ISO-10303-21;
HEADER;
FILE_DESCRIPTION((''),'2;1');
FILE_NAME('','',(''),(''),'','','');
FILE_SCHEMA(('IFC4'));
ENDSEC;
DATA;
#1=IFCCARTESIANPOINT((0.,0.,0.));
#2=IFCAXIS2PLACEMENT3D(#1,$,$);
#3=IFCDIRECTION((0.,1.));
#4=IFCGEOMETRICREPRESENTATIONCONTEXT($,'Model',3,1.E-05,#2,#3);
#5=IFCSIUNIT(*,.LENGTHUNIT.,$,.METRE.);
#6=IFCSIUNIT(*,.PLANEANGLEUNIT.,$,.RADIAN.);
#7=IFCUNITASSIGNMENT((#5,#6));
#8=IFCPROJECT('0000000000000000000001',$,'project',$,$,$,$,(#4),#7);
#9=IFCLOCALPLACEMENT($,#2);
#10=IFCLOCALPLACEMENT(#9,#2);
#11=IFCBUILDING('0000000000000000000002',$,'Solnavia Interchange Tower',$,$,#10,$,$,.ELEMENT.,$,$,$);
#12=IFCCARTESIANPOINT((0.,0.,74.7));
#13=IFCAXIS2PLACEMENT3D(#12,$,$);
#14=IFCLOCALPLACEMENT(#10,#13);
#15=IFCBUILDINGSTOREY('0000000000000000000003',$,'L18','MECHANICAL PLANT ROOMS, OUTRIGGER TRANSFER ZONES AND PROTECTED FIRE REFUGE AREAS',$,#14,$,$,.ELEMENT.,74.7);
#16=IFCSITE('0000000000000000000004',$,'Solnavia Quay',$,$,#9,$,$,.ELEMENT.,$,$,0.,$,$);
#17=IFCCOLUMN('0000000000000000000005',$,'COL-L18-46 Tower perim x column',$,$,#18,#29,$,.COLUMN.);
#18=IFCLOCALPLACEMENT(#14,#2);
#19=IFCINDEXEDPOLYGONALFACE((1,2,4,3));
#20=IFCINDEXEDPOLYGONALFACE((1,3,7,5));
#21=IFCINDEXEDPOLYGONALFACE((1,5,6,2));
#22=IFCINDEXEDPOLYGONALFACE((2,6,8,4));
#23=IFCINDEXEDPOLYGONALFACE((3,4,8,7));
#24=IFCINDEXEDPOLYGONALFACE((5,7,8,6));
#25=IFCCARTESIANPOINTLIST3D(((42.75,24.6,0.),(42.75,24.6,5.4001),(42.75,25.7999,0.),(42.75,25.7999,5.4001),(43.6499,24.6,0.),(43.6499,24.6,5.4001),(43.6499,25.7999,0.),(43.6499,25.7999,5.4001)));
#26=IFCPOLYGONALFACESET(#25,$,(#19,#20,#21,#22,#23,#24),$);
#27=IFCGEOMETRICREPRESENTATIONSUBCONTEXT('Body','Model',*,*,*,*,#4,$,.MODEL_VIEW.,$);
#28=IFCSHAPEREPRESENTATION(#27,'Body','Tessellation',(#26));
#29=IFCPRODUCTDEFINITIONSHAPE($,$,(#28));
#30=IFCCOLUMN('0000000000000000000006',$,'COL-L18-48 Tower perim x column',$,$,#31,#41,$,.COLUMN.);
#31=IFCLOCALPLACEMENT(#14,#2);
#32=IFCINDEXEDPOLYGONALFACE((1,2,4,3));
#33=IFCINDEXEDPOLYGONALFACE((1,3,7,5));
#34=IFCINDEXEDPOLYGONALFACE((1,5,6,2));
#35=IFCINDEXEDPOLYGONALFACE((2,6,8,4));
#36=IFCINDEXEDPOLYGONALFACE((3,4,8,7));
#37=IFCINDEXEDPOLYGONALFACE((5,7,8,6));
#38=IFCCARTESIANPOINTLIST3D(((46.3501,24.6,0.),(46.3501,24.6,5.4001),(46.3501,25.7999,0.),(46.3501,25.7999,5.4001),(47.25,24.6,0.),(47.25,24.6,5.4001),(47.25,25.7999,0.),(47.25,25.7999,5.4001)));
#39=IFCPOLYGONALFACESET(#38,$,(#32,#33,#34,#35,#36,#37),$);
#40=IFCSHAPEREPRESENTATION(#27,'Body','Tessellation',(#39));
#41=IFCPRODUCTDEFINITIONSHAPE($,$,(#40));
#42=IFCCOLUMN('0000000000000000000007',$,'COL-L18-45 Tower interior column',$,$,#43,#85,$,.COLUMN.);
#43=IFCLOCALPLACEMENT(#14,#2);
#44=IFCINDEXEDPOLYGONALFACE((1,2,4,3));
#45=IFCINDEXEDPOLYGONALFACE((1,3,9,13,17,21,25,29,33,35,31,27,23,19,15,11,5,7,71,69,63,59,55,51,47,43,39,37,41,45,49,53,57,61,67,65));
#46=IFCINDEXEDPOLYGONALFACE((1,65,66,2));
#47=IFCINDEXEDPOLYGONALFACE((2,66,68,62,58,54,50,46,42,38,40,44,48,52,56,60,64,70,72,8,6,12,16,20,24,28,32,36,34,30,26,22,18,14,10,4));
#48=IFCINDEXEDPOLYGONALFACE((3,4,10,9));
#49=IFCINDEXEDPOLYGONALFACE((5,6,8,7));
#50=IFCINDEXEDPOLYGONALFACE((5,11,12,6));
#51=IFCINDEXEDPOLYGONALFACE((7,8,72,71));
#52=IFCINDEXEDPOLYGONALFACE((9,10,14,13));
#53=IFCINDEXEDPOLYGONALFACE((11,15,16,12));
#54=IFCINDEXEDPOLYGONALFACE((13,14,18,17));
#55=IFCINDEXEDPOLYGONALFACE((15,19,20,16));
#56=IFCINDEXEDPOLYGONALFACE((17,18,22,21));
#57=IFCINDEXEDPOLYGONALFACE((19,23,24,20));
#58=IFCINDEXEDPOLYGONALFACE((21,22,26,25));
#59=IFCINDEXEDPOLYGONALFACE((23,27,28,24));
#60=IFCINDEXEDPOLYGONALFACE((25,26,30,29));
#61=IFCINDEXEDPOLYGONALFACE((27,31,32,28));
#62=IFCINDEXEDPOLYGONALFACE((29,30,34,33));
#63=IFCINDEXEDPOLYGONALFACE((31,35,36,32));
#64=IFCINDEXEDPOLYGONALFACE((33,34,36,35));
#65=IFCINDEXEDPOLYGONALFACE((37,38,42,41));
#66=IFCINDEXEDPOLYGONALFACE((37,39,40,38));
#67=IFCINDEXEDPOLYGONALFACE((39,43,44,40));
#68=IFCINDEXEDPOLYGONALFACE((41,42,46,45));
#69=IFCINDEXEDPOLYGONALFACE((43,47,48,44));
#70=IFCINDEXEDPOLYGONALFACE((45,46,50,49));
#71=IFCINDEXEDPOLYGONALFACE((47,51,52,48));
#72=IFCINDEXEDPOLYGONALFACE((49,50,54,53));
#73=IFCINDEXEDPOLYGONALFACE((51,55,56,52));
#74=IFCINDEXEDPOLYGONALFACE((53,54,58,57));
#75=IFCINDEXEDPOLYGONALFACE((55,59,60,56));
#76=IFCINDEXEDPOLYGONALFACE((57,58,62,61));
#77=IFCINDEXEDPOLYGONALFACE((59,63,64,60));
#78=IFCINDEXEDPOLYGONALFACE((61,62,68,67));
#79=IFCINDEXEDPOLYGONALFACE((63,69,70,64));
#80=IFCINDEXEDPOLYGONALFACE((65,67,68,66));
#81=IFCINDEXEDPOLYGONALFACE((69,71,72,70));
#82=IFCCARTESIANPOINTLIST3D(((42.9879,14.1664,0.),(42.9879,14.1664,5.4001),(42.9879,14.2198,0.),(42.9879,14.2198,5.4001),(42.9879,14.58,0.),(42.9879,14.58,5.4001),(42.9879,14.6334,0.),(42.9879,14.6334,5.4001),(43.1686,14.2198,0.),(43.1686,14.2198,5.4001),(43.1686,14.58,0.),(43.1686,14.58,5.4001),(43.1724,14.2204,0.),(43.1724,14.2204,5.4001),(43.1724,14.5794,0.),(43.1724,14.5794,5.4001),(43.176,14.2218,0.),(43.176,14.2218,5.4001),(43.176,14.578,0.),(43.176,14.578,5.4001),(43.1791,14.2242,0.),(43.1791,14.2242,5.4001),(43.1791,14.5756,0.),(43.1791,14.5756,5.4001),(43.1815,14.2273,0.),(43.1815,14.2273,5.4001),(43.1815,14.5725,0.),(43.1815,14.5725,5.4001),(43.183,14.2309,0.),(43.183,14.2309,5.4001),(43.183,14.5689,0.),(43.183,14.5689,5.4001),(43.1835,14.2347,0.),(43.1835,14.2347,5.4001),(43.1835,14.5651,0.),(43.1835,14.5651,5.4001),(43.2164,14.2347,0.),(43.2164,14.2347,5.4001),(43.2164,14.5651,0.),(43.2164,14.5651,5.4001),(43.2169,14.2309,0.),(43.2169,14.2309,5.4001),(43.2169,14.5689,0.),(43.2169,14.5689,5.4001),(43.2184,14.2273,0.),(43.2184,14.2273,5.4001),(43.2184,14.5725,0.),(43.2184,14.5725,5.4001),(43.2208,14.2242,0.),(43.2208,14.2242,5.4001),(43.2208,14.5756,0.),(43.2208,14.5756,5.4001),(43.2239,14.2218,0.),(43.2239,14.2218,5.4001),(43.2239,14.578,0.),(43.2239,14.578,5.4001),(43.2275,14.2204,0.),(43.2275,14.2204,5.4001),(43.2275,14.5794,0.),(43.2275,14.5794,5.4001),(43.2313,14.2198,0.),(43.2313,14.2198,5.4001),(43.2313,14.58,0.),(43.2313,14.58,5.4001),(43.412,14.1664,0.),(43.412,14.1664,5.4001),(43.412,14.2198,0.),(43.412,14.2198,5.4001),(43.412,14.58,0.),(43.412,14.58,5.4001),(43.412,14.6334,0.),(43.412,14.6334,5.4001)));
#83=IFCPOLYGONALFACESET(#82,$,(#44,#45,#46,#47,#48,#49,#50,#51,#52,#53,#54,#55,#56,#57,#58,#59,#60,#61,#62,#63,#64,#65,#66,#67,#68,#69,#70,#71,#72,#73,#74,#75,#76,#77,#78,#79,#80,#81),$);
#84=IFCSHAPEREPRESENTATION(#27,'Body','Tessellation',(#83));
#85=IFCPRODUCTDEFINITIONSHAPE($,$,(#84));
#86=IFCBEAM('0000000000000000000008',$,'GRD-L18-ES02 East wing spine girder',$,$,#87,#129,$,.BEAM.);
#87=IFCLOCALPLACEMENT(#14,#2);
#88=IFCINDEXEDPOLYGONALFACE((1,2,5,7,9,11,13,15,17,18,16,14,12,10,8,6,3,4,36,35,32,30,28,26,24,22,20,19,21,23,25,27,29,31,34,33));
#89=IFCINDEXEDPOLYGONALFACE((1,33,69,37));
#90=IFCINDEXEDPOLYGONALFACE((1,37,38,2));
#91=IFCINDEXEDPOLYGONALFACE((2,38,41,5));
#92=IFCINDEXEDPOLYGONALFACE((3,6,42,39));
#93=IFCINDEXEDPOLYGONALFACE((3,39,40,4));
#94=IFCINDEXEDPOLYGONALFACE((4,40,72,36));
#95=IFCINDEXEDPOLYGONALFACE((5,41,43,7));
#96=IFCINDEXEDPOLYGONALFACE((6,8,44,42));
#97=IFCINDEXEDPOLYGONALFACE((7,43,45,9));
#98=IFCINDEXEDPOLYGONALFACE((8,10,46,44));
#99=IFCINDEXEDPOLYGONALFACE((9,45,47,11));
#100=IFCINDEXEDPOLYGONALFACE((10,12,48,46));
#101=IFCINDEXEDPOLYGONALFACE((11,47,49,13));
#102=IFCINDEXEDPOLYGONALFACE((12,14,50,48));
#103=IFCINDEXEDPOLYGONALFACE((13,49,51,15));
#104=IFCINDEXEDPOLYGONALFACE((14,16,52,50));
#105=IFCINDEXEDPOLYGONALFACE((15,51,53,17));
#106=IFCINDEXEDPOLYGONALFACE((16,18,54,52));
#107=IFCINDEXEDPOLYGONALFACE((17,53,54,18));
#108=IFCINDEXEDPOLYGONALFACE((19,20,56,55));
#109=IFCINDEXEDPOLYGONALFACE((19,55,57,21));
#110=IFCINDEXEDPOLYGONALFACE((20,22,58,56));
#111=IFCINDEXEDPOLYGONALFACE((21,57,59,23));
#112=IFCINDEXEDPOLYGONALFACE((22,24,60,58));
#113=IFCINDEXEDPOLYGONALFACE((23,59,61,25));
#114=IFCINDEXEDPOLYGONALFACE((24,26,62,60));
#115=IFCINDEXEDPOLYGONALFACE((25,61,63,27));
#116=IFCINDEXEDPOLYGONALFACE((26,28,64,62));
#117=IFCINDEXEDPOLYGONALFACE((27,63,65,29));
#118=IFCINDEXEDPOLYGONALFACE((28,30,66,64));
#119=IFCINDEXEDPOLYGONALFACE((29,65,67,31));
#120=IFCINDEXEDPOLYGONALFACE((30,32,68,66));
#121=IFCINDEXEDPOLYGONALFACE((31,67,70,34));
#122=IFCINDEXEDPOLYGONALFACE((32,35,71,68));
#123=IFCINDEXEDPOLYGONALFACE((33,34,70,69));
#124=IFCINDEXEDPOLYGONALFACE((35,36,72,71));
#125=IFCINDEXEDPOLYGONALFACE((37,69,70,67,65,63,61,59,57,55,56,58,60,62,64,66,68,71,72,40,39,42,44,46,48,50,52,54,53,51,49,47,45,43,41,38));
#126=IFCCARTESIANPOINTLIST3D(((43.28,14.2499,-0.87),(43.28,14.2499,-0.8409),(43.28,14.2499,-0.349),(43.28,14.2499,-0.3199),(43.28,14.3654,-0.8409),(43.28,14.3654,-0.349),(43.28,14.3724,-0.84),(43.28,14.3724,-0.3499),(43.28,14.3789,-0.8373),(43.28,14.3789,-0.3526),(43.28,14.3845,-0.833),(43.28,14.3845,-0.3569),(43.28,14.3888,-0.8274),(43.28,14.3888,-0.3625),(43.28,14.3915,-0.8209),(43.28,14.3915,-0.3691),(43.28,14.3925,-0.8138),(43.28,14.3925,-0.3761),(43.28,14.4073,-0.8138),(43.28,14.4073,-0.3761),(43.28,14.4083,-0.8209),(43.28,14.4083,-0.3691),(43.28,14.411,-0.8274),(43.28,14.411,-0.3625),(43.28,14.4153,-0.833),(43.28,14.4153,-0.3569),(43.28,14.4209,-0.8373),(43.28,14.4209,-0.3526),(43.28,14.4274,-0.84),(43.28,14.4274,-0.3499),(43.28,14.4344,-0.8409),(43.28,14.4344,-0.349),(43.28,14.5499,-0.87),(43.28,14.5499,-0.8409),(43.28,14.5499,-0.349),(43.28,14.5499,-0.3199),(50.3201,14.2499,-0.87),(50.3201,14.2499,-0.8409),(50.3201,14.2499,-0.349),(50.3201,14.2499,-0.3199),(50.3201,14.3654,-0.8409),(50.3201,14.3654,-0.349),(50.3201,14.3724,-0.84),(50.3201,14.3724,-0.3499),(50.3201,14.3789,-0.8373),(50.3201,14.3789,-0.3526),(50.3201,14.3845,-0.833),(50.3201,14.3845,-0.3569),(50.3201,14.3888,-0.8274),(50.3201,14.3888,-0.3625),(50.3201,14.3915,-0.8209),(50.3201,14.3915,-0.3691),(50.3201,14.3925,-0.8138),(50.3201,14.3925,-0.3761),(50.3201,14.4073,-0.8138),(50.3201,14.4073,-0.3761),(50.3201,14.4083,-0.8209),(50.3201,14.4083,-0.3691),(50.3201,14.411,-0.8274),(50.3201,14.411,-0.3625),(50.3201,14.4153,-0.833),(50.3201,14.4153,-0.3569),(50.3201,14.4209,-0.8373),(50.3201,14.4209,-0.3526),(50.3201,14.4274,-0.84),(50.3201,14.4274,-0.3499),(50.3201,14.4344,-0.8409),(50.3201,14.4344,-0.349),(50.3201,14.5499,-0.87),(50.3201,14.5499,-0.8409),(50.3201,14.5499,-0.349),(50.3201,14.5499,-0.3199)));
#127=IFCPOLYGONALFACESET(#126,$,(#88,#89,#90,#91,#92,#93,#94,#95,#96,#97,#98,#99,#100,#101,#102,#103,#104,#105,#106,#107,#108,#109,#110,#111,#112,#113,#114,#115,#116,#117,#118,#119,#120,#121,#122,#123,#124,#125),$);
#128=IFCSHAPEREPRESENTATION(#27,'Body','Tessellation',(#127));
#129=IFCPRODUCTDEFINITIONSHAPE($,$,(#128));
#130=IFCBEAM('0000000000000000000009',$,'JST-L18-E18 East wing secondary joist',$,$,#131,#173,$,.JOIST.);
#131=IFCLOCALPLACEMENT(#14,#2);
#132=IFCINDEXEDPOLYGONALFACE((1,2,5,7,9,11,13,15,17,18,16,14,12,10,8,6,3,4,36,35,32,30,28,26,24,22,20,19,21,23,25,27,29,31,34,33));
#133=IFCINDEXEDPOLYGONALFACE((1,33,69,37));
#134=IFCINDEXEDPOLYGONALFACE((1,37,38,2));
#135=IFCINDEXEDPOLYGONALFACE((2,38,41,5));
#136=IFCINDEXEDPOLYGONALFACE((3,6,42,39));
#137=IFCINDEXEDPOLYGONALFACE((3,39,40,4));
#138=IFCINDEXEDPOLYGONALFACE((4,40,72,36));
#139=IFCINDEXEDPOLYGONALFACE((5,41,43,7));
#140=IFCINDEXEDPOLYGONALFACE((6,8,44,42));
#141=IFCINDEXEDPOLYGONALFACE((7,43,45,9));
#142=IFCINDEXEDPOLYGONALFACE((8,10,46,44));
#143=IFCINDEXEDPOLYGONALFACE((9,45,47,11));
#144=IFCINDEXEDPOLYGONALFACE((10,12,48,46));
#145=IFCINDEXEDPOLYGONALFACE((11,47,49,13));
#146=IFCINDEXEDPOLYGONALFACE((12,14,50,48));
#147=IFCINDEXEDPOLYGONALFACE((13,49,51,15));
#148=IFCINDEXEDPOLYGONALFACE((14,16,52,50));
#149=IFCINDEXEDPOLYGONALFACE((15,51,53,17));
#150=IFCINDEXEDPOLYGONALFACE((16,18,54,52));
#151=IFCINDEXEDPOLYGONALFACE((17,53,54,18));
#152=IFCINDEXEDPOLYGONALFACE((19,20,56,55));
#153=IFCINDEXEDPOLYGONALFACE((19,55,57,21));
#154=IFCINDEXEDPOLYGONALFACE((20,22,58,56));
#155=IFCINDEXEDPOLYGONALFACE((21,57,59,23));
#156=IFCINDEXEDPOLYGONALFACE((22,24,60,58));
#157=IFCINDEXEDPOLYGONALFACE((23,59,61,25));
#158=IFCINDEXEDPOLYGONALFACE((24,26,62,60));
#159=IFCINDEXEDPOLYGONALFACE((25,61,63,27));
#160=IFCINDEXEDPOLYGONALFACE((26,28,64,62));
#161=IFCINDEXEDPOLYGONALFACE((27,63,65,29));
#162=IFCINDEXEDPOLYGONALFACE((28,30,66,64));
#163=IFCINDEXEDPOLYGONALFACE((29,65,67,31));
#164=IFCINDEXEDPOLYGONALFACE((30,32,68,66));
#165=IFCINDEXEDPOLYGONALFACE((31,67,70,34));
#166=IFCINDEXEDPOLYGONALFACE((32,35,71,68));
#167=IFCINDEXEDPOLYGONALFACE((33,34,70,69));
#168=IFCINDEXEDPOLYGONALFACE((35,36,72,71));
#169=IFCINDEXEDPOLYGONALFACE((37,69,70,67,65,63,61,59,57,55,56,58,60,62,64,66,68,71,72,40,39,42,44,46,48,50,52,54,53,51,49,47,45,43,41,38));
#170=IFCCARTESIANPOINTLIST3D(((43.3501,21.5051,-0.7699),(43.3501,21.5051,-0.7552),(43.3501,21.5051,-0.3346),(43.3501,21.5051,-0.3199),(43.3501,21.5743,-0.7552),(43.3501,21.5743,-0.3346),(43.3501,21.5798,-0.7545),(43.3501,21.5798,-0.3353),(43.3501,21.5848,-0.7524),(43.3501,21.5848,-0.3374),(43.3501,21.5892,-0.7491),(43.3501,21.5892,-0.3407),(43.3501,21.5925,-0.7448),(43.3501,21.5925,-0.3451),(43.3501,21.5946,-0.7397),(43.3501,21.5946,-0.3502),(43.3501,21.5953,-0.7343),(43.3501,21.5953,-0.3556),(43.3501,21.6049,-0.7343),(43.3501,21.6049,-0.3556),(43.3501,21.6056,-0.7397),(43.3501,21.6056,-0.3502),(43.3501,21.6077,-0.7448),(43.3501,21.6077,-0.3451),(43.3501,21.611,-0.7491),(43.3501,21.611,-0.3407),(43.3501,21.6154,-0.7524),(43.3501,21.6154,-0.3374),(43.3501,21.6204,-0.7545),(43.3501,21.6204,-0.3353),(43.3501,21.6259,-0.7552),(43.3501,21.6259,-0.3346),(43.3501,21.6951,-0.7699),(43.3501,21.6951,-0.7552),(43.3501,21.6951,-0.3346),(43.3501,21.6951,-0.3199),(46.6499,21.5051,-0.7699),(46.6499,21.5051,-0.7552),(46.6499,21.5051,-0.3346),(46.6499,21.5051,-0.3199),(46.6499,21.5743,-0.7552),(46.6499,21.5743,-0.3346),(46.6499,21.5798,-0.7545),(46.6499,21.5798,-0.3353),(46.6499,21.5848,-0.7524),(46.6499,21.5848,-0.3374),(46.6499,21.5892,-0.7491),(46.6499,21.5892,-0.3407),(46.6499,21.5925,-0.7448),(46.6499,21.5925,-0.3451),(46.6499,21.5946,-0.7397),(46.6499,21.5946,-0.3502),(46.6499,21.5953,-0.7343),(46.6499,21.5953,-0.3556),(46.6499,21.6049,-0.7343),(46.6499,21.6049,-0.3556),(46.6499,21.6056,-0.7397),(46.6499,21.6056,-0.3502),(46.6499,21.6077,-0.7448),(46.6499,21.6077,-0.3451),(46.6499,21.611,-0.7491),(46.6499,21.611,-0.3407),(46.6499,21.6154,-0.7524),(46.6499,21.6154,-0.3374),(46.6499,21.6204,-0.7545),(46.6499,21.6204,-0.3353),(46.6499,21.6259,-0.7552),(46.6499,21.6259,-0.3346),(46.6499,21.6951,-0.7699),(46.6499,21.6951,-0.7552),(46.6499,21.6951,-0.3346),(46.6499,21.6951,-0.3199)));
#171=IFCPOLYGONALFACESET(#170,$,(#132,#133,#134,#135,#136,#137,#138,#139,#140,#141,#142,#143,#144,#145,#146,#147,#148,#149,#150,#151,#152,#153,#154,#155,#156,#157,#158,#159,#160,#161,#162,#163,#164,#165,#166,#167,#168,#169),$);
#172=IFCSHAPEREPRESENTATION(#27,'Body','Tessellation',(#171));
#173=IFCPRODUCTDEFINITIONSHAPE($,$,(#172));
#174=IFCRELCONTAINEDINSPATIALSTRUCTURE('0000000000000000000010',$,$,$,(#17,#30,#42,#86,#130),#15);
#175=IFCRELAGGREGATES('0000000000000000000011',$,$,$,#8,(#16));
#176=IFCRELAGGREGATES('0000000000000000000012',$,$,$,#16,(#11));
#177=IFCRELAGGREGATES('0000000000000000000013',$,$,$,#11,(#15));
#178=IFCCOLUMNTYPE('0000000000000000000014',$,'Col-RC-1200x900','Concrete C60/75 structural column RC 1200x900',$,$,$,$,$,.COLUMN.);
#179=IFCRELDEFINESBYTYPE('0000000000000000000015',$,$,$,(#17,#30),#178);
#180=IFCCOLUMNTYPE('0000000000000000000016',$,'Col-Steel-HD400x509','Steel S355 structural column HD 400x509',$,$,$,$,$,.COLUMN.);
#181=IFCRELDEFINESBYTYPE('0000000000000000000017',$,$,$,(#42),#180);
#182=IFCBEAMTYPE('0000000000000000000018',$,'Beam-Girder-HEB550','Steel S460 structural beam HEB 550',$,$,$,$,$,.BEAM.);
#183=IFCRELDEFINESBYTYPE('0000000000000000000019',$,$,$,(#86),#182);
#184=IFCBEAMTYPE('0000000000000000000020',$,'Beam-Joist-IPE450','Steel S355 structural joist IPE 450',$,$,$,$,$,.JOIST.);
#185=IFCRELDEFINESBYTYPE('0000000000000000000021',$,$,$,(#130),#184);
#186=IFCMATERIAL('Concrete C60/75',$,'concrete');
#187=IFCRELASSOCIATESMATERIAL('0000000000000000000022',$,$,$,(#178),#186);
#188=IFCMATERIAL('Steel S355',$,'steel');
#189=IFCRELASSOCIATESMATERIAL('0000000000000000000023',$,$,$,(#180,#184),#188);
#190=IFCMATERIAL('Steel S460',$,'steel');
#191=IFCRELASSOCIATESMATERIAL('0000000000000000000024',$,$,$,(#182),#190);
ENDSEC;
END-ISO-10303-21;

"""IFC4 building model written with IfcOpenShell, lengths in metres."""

from ifc_helpers import new_model, si_unit, direction, frame, origin, origin_2d, place, context, subcontext, project, spatial, rectangle, i_section, extrude, material, material_profile, profile_set, type_object, element, save


model = new_model("IFC4")

# Units and contexts
model_context = context("Model", 3, precision=1e-05, world=origin(), true_north=direction((0.0, 1.0)))
body_context = subcontext(model_context, "Body", "Model", "MODEL_VIEW")
ifc_project = project(units=[si_unit("LENGTHUNIT", "METRE"), si_unit("PLANEANGLEUNIT", "RADIAN")], contexts=[model_context])

# Site, building, storey
site_placement = place(None, origin())
site = spatial("IfcSite", under=ifc_project, at=site_placement, Name="Solnavia Quay", CompositionType="ELEMENT", RefElevation=0.0)
building_placement = place(site_placement, origin())
building = spatial("IfcBuilding", under=site, at=building_placement, Name="Solnavia Interchange Tower", CompositionType="ELEMENT")
storey_placement = place(building_placement, frame((0.0, 0.0, 74.7)))
storey = spatial("IfcBuildingStorey", under=building, at=storey_placement, Name="L18", Description="MECHANICAL PLANT ROOMS, OUTRIGGER TRANSFER ZONES AND PROTECTED FIRE REFUGE AREAS", CompositionType="ELEMENT", Elevation=74.7)

# Columns
ifc_material_1 = material(Name="Concrete C60/75", Category="concrete")
ifc_material_profile_1 = material_profile(ifc_material_1, rectangle(XDim=0.8999, YDim=1.2, at=origin_2d()), Name="RC 1200x900")
ifc_profile_set_1 = profile_set([ifc_material_profile_1], Name="Concrete C60/75")
column_type_1 = type_object("IfcColumnType", Name="Col-RC-1200x900", Description="Concrete C60/75 structural column RC 1200x900", PredefinedType="COLUMN", material=ifc_profile_set_1)
for number, where, z_axis, x_axis, name in (
    (1, (43.2, 25.2, 0.0), (0.0, 0.0, 1.0), (1.0, 0.0, 0.0), "COL-L18-46 Tower perim x column"),
    (2, (46.8, 25.2, 0.0), (0.0, 0.0, 1.0), (1.0, 0.0, 0.0), "COL-L18-48 Tower perim x column"),
):
    element("IfcColumn", number, at=place(storey_placement, frame(where, z_axis=z_axis, x_axis=x_axis)), inside=storey, type_object=column_type_1, Name=name, PredefinedType="COLUMN", context=body_context, shape_type="SweptSolid", body=[
        extrude(rectangle(XDim=0.8999, YDim=1.2, at=origin_2d()), origin(), (0.0, 0.0, 1.0), 5.4001),
    ])
ifc_material_2 = material(Name="Steel S355", Category="steel")
ifc_material_profile_2 = material_profile(ifc_material_2, i_section(OverallWidth=0.4241, OverallDepth=0.467, WebThickness=0.033, FlangeThickness=0.0535, FilletRadius=0.0149, at=origin_2d()), Name="HD 400x509")
ifc_profile_set_2 = profile_set([ifc_material_profile_2], Name="Steel S355")
column_type_2 = type_object("IfcColumnType", Name="Col-Steel-HD400x509", Description="Steel S355 structural column HD 400x509", PredefinedType="COLUMN", material=ifc_profile_set_2)
column_placement = place(storey_placement, frame((43.2, 14.3999, 0.0), z_axis=(0.0, 0.0, 1.0), x_axis=(1.0, 0.0, 0.0)))
element("IfcColumn", 3, at=column_placement, inside=storey, type_object=column_type_2, Name="COL-L18-45 Tower interior column", PredefinedType="COLUMN", context=body_context, shape_type="SweptSolid", body=[
    extrude(i_section(OverallWidth=0.4241, OverallDepth=0.467, WebThickness=0.033, FlangeThickness=0.0535, FilletRadius=0.0149, at=origin_2d()), origin(), (0.0, 0.0, 1.0), 5.4001),
])

# Beams
ifc_material_3 = material(Name="Steel S460", Category="steel")
ifc_material_profile_3 = material_profile(ifc_material_3, i_section(OverallWidth=0.3, OverallDepth=0.55, WebThickness=0.0149, FlangeThickness=0.0291, FilletRadius=0.0271, at=origin_2d()), Name="HEB 550")
ifc_profile_set_3 = profile_set([ifc_material_profile_3], Name="Steel S460")
beam_type_1 = type_object("IfcBeamType", Name="Beam-Girder-HEB550", Description="Steel S460 structural beam HEB 550", PredefinedType="BEAM", material=ifc_profile_set_3)
beam_1_placement = place(storey_placement, frame((43.28, 14.3999, -0.595), z_axis=(1.0, 0.0, 0.0), x_axis=(0.0, 1.0, 0.0)))
element("IfcBeam", 4, at=beam_1_placement, inside=storey, type_object=beam_type_1, Name="GRD-L18-ES02 East wing spine girder", PredefinedType="BEAM", context=body_context, shape_type="SweptSolid", body=[
    extrude(i_section(OverallWidth=0.3, OverallDepth=0.55, WebThickness=0.0149, FlangeThickness=0.0291, FilletRadius=0.0271, at=origin_2d()), origin(), (0.0, 0.0, 1.0), 7.04),
])
ifc_material_profile_4 = material_profile(ifc_material_2, i_section(OverallWidth=0.1899, OverallDepth=0.45, WebThickness=0.0095, FlangeThickness=0.0146, FilletRadius=0.021, at=origin_2d()), Name="IPE 450")
ifc_profile_set_4 = profile_set([ifc_material_profile_4], Name="Steel S355")
beam_type_2 = type_object("IfcBeamType", Name="Beam-Joist-IPE450", Description="Steel S355 structural joist IPE 450", PredefinedType="JOIST", material=ifc_profile_set_4)
beam_2_placement = place(storey_placement, frame((43.3501, 21.6001, -0.5449), z_axis=(1.0, 0.0, 0.0), x_axis=(0.0, 1.0, 0.0)))
element("IfcBeam", 5, at=beam_2_placement, inside=storey, type_object=beam_type_2, Name="JST-L18-E18 East wing secondary joist", PredefinedType="JOIST", context=body_context, shape_type="SweptSolid", body=[
    extrude(i_section(OverallWidth=0.1899, OverallDepth=0.45, WebThickness=0.0095, FlangeThickness=0.0146, FilletRadius=0.021, at=origin_2d()), origin(), (0.0, 0.0, 1.0), 3.2998),
])

save(model, "model.ifc")
